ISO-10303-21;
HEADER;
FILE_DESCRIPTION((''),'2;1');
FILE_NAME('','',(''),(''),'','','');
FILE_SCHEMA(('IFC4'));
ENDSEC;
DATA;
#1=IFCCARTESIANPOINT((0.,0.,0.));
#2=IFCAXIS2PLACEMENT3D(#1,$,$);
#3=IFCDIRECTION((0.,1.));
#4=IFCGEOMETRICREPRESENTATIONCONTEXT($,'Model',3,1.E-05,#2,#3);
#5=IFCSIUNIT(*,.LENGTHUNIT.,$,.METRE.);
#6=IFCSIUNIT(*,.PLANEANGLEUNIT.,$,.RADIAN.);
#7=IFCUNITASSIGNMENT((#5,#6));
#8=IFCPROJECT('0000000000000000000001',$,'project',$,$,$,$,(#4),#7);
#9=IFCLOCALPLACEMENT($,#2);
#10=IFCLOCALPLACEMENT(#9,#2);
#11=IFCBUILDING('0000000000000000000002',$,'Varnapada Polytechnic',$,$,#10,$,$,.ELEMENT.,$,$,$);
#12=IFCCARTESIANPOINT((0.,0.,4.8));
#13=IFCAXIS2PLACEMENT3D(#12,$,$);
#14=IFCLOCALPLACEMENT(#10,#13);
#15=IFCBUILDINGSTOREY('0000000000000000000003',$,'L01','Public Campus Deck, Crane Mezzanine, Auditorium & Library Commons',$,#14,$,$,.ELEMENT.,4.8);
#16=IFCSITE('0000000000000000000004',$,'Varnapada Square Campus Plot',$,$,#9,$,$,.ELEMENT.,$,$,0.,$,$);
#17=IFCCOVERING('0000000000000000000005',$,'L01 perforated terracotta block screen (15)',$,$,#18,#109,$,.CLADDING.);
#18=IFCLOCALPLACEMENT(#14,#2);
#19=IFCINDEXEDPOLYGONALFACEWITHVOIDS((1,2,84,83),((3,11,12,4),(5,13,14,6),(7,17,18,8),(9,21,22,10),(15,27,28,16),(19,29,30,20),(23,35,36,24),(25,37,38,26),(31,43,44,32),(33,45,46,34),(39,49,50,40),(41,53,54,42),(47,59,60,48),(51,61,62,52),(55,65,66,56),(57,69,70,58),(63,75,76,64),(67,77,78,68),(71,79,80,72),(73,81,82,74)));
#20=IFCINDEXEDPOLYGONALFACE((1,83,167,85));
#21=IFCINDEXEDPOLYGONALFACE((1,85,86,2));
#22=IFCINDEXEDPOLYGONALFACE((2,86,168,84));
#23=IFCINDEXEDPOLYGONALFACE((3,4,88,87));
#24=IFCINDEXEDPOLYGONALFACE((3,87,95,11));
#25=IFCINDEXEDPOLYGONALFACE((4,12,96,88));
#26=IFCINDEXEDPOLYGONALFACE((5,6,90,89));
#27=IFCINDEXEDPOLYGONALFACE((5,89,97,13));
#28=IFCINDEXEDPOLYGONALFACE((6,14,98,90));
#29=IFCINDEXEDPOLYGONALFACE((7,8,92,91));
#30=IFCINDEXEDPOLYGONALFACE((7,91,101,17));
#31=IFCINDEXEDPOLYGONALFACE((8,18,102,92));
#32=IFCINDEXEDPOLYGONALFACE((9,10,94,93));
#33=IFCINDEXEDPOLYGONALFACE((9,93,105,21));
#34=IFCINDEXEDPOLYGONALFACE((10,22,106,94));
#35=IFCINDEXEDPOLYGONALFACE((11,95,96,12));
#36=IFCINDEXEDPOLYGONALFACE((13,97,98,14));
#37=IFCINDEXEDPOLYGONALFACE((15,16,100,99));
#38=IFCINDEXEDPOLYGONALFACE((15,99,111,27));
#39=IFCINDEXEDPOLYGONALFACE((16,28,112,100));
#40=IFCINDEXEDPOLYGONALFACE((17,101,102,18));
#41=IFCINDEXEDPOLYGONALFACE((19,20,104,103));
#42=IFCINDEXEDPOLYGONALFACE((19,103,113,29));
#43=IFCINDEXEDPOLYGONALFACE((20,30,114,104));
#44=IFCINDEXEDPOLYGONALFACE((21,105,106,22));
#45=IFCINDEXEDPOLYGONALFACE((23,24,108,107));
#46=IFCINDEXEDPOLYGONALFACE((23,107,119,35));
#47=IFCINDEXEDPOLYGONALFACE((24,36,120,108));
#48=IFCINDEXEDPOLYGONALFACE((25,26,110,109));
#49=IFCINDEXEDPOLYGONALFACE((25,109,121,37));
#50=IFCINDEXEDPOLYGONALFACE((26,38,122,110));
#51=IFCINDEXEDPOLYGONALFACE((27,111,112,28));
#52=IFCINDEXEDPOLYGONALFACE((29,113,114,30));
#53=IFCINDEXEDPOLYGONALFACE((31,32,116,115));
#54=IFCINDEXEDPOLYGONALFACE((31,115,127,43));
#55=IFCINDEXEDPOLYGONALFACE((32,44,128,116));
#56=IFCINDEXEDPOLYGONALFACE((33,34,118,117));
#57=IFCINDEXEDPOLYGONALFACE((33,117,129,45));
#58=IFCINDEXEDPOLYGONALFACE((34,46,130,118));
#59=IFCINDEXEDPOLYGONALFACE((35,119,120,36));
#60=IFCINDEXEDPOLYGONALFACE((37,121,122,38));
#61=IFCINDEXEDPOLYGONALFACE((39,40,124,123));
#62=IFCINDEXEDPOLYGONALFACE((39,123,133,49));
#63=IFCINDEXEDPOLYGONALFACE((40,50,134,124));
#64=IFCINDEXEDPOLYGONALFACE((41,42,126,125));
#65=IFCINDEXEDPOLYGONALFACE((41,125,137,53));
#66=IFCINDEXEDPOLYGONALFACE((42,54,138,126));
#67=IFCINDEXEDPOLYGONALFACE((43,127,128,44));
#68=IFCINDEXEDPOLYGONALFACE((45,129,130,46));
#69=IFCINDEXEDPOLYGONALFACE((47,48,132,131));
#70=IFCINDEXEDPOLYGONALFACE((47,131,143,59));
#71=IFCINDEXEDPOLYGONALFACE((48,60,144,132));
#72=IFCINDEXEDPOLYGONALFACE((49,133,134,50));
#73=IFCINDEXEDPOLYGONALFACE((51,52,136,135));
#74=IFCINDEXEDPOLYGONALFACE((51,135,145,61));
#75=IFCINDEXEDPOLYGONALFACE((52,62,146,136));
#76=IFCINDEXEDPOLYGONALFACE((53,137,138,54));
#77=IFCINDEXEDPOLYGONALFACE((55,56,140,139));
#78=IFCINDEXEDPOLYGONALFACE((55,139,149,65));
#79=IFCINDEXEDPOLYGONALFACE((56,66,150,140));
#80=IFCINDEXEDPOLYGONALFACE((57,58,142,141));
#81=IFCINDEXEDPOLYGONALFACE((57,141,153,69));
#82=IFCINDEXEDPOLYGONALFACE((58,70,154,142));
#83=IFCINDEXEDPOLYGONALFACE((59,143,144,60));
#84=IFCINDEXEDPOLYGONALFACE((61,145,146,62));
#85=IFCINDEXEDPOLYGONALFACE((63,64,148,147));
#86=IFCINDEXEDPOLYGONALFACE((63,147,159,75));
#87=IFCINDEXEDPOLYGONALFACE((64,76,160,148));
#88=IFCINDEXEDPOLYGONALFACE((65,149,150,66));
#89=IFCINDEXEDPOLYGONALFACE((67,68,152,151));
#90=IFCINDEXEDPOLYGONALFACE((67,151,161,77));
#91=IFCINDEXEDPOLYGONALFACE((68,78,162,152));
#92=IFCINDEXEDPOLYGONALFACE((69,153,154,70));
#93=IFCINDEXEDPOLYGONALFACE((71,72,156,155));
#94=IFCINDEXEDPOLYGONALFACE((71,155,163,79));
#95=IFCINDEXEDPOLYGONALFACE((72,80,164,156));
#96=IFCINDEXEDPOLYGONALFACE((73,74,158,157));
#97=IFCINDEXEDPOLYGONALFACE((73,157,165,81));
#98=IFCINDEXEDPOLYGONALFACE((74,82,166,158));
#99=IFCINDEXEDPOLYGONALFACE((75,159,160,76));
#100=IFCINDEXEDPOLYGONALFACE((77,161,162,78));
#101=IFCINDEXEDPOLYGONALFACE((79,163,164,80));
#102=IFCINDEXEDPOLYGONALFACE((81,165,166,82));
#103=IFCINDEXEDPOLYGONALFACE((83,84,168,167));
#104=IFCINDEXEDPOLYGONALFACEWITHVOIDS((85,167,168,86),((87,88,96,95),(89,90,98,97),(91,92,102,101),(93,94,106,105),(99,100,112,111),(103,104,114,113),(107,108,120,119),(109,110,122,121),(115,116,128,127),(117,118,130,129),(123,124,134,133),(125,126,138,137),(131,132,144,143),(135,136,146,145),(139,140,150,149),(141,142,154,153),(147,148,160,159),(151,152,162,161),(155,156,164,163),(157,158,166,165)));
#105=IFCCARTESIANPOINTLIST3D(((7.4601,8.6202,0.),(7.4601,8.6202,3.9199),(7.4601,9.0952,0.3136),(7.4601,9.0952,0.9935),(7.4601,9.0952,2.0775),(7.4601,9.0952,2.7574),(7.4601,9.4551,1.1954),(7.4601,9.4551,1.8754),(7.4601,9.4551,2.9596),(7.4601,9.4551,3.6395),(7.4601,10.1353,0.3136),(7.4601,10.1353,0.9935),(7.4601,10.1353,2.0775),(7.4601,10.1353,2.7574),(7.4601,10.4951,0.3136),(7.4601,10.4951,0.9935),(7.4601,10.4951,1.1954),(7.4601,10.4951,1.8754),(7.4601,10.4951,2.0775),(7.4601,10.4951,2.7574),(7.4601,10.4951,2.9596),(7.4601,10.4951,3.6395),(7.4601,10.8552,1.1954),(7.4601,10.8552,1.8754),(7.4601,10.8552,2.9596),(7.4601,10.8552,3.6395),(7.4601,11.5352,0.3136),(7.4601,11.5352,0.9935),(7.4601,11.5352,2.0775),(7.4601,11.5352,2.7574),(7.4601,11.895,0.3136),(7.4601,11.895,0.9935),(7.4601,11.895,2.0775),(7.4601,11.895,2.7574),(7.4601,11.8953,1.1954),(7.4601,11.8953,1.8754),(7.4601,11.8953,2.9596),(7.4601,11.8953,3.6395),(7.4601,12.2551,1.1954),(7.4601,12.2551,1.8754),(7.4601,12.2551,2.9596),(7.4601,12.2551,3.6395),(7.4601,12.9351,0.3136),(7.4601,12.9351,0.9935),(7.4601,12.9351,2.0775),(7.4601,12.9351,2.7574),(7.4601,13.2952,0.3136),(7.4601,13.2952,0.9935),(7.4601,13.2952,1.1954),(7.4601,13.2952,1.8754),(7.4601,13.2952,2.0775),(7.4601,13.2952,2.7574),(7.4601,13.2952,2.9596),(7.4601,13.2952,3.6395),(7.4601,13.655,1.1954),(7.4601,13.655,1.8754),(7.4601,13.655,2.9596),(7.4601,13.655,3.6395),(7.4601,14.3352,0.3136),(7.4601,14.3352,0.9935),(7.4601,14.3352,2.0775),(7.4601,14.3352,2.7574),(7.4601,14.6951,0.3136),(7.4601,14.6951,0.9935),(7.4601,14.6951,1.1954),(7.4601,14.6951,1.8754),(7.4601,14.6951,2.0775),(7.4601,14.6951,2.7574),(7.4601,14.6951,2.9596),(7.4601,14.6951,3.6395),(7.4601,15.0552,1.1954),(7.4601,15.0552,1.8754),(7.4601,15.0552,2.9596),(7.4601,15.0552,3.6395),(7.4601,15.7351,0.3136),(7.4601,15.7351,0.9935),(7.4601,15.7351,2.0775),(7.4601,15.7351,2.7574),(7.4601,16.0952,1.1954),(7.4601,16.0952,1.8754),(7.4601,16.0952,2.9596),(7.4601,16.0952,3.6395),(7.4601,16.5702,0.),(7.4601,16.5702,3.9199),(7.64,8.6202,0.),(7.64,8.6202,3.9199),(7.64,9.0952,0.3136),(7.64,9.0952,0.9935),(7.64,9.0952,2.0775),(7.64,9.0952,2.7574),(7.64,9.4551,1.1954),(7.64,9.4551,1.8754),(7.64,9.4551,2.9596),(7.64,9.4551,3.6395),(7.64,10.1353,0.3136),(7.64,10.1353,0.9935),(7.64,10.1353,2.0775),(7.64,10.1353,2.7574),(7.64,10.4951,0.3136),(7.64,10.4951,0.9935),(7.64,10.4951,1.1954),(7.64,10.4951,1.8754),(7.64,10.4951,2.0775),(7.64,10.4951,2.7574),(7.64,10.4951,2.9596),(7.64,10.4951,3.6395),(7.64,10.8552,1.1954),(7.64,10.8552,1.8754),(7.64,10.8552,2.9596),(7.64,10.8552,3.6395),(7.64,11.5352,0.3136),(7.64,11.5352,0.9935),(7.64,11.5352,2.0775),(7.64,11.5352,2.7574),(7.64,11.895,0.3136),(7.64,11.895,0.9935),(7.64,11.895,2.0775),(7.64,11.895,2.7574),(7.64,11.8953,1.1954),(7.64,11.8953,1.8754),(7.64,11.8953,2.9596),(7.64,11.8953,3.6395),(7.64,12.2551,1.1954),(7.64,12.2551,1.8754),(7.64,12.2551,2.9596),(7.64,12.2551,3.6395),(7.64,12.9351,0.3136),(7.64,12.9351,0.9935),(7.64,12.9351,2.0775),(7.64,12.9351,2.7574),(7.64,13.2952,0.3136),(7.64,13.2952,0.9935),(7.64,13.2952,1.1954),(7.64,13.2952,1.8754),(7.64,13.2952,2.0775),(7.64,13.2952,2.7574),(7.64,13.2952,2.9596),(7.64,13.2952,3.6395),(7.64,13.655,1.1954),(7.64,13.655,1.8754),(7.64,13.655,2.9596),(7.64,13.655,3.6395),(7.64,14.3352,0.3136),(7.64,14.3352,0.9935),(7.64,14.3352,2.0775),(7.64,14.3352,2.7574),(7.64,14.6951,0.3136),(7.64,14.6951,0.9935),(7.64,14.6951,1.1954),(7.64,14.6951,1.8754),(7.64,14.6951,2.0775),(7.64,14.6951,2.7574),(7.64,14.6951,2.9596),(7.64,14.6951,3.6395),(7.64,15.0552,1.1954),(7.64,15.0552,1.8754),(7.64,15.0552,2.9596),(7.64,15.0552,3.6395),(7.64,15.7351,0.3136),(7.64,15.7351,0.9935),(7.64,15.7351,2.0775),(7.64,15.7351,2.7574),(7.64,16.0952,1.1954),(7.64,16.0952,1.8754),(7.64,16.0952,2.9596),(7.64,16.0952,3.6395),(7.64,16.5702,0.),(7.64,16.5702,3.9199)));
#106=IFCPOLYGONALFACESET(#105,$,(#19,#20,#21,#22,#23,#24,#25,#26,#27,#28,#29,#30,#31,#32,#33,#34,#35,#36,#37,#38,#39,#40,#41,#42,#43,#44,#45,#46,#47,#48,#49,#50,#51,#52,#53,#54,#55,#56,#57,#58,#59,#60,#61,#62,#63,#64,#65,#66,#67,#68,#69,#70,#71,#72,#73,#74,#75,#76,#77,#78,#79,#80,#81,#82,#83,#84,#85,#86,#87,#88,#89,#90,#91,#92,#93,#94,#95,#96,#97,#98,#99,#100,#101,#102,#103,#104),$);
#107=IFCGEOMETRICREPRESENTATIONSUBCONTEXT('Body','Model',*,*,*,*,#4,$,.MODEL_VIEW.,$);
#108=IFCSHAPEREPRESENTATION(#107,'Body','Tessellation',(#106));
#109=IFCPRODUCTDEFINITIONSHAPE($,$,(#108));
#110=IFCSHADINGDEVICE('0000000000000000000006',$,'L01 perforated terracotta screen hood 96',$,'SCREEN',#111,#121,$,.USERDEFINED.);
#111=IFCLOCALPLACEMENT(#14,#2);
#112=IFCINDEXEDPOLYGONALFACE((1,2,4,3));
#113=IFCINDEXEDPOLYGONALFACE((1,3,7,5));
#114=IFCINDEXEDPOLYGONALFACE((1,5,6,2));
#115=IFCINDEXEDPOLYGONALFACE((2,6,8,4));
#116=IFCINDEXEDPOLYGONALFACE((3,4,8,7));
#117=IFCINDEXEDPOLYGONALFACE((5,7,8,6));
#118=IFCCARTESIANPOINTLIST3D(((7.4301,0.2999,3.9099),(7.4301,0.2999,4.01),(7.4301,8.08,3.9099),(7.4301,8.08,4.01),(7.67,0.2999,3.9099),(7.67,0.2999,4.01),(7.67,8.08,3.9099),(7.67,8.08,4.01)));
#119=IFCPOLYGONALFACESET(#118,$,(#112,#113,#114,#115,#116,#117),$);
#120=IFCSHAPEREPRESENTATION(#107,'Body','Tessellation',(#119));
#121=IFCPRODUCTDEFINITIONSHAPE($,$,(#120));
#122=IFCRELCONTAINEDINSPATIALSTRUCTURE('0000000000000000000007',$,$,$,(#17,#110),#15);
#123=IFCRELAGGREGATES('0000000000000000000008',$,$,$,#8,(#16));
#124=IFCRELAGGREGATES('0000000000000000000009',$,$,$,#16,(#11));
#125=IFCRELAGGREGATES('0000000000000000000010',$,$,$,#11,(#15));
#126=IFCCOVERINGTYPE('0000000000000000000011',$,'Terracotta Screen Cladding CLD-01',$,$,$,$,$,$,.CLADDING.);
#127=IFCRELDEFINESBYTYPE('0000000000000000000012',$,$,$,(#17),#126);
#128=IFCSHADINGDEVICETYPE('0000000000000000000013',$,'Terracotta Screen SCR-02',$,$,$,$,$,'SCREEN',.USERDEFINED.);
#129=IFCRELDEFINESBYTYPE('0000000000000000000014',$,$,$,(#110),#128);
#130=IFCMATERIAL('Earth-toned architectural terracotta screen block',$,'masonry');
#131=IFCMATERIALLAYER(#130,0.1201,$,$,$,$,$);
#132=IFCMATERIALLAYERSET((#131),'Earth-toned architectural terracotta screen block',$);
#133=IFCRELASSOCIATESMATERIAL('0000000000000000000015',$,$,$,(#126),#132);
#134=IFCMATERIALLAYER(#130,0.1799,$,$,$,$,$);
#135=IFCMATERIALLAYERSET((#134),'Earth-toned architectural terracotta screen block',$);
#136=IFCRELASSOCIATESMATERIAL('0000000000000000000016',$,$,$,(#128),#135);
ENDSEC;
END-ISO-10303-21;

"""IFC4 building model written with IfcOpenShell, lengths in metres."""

from ifc_helpers import new_model, si_unit, direction, frame, frame_2d, origin, origin_2d, place, context, subcontext, project, spatial, rectangle, extrude, material, layer, layer_set, type_object, element, save


model = new_model("IFC4")

# Units and contexts
model_context = context("Model", 3, precision=1e-05, world=origin(), true_north=direction((0.0, 1.0)))
body_context = subcontext(model_context, "Body", "Model", "MODEL_VIEW")
ifc_project = project(units=[si_unit("LENGTHUNIT", "METRE"), si_unit("PLANEANGLEUNIT", "RADIAN")], contexts=[model_context])

# Site, building, storey
site_placement = place(None, origin())
site = spatial("IfcSite", under=ifc_project, at=site_placement, Name="Varnapada Square Campus Plot", CompositionType="ELEMENT", RefElevation=0.0)
building_placement = place(site_placement, origin())
building = spatial("IfcBuilding", under=site, at=building_placement, Name="Varnapada Polytechnic", CompositionType="ELEMENT")
storey_placement = place(building_placement, frame((0.0, 0.0, 4.8)))
storey = spatial("IfcBuildingStorey", under=building, at=storey_placement, Name="L01", Description="Public Campus Deck, Crane Mezzanine, Auditorium & Library Commons", CompositionType="ELEMENT", Elevation=4.8)

# Covering, openings
ifc_material_1 = material(Name="Earth-toned architectural terracotta screen block", Category="masonry")
ifc_layer_1 = layer(ifc_material_1, 0.1201)
ifc_layer_set_1 = layer_set([ifc_layer_1], Name="Earth-toned architectural terracotta screen block")
covering_type = type_object("IfcCoveringType", Name="Terracotta Screen Cladding CLD-01", PredefinedType="CLADDING", material=ifc_layer_set_1)
covering_placement = place(storey_placement, frame((7.55, 8.6201, 0.0), z_axis=(0.0, 0.0, 1.0), x_axis=(0.0, 1.0, 0.0)))
covering = element("IfcCovering", 1, at=covering_placement, inside=storey, type_object=covering_type, Name="L01 perforated terracotta block screen (15)", PredefinedType="CLADDING", context=body_context, shape_type="SweptSolid", body=[
    extrude(rectangle(XDim=7.95, YDim=0.1799, at=frame_2d((3.9751, 0.0))), origin(), (0.0, 0.0, 1.0), 3.9199),
])
opening_1_placement = place(covering_placement, frame((0.4751, 0.0, 0.3137)))
element("IfcOpeningElement", 2, at=opening_1_placement, cuts=covering, PredefinedType="OPENING", context=body_context, shape_type="SweptSolid", body=[
    extrude(rectangle(XDim=1.04, YDim=0.6799, at=frame_2d((0.52, 0.3398))), frame((0.0, 0.0999, 0.0), z_axis=(0.0, -1.0, 0.0), x_axis=(1.0, 0.0, 0.0)), (0.0, 0.0, 1.0), 0.2),
])
opening_2_placement = place(covering_placement, frame((1.875, 0.0, 0.3137)))
element("IfcOpeningElement", 3, at=opening_2_placement, cuts=covering, PredefinedType="OPENING", context=body_context, shape_type="SweptSolid", body=[
    extrude(rectangle(XDim=1.04, YDim=0.6799, at=frame_2d((0.52, 0.3398))), frame((0.0, 0.0999, 0.0), z_axis=(0.0, -1.0, 0.0), x_axis=(1.0, 0.0, 0.0)), (0.0, 0.0, 1.0), 0.2),
])
opening_3_placement = place(covering_placement, frame((3.2749, 0.0, 0.3137)))
element("IfcOpeningElement", 4, at=opening_3_placement, cuts=covering, PredefinedType="OPENING", context=body_context, shape_type="SweptSolid", body=[
    extrude(rectangle(XDim=1.04, YDim=0.6799, at=frame_2d((0.52, 0.3398))), frame((0.0, 0.0999, 0.0), z_axis=(0.0, -1.0, 0.0), x_axis=(1.0, 0.0, 0.0)), (0.0, 0.0, 1.0), 0.2),
])
opening_4_placement = place(covering_placement, frame((4.675, 0.0, 0.3137)))
element("IfcOpeningElement", 5, at=opening_4_placement, cuts=covering, PredefinedType="OPENING", context=body_context, shape_type="SweptSolid", body=[
    extrude(rectangle(XDim=1.04, YDim=0.6799, at=frame_2d((0.52, 0.3398))), frame((0.0, 0.0999, 0.0), z_axis=(0.0, -1.0, 0.0), x_axis=(1.0, 0.0, 0.0)), (0.0, 0.0, 1.0), 0.2),
])
opening_5_placement = place(covering_placement, frame((6.075, 0.0, 0.3137)))
element("IfcOpeningElement", 6, at=opening_5_placement, cuts=covering, PredefinedType="OPENING", context=body_context, shape_type="SweptSolid", body=[
    extrude(rectangle(XDim=1.04, YDim=0.6799, at=frame_2d((0.52, 0.3398))), frame((0.0, 0.0999, 0.0), z_axis=(0.0, -1.0, 0.0), x_axis=(1.0, 0.0, 0.0)), (0.0, 0.0, 1.0), 0.2),
])
opening_6_placement = place(covering_placement, frame((0.835, 0.0, 1.1956)))
element("IfcOpeningElement", 7, at=opening_6_placement, cuts=covering, PredefinedType="OPENING", context=body_context, shape_type="SweptSolid", body=[
    extrude(rectangle(XDim=1.04, YDim=0.6799, at=frame_2d((0.52, 0.3398))), frame((0.0, 0.0999, 0.0), z_axis=(0.0, -1.0, 0.0), x_axis=(1.0, 0.0, 0.0)), (0.0, 0.0, 1.0), 0.2),
])
opening_7_placement = place(covering_placement, frame((2.2351, 0.0, 1.1956)))
element("IfcOpeningElement", 8, at=opening_7_placement, cuts=covering, PredefinedType="OPENING", context=body_context, shape_type="SweptSolid", body=[
    extrude(rectangle(XDim=1.04, YDim=0.6799, at=frame_2d((0.52, 0.3398))), frame((0.0, 0.0999, 0.0), z_axis=(0.0, -1.0, 0.0), x_axis=(1.0, 0.0, 0.0)), (0.0, 0.0, 1.0), 0.2),
])
opening_8_placement = place(covering_placement, frame((3.635, 0.0, 1.1956)))
element("IfcOpeningElement", 9, at=opening_8_placement, cuts=covering, PredefinedType="OPENING", context=body_context, shape_type="SweptSolid", body=[
    extrude(rectangle(XDim=1.04, YDim=0.6799, at=frame_2d((0.52, 0.3398))), frame((0.0, 0.0999, 0.0), z_axis=(0.0, -1.0, 0.0), x_axis=(1.0, 0.0, 0.0)), (0.0, 0.0, 1.0), 0.2),
])
opening_9_placement = place(covering_placement, frame((5.0349, 0.0, 1.1956)))
element("IfcOpeningElement", 10, at=opening_9_placement, cuts=covering, PredefinedType="OPENING", context=body_context, shape_type="SweptSolid", body=[
    extrude(rectangle(XDim=1.04, YDim=0.6799, at=frame_2d((0.52, 0.3398))), frame((0.0, 0.0999, 0.0), z_axis=(0.0, -1.0, 0.0), x_axis=(1.0, 0.0, 0.0)), (0.0, 0.0, 1.0), 0.2),
])
opening_10_placement = place(covering_placement, frame((6.4351, 0.0, 1.1956)))
element("IfcOpeningElement", 11, at=opening_10_placement, cuts=covering, PredefinedType="OPENING", context=body_context, shape_type="SweptSolid", body=[
    extrude(rectangle(XDim=1.04, YDim=0.6799, at=frame_2d((0.52, 0.3398))), frame((0.0, 0.0999, 0.0), z_axis=(0.0, -1.0, 0.0), x_axis=(1.0, 0.0, 0.0)), (0.0, 0.0, 1.0), 0.2),
])
opening_11_placement = place(covering_placement, frame((0.4751, 0.0, 2.0776)))
element("IfcOpeningElement", 12, at=opening_11_placement, cuts=covering, PredefinedType="OPENING", context=body_context, shape_type="SweptSolid", body=[
    extrude(rectangle(XDim=1.04, YDim=0.6799, at=frame_2d((0.52, 0.3398))), frame((0.0, 0.0999, 0.0), z_axis=(0.0, -1.0, 0.0), x_axis=(1.0, 0.0, 0.0)), (0.0, 0.0, 1.0), 0.2),
])
opening_12_placement = place(covering_placement, frame((1.875, 0.0, 2.0776)))
element("IfcOpeningElement", 13, at=opening_12_placement, cuts=covering, PredefinedType="OPENING", context=body_context, shape_type="SweptSolid", body=[
    extrude(rectangle(XDim=1.04, YDim=0.6799, at=frame_2d((0.52, 0.3398))), frame((0.0, 0.0999, 0.0), z_axis=(0.0, -1.0, 0.0), x_axis=(1.0, 0.0, 0.0)), (0.0, 0.0, 1.0), 0.2),
])
opening_13_placement = place(covering_placement, frame((3.2749, 0.0, 2.0776)))
element("IfcOpeningElement", 14, at=opening_13_placement, cuts=covering, PredefinedType="OPENING", context=body_context, shape_type="SweptSolid", body=[
    extrude(rectangle(XDim=1.04, YDim=0.6799, at=frame_2d((0.52, 0.3398))), frame((0.0, 0.0999, 0.0), z_axis=(0.0, -1.0, 0.0), x_axis=(1.0, 0.0, 0.0)), (0.0, 0.0, 1.0), 0.2),
])
opening_14_placement = place(covering_placement, frame((4.675, 0.0, 2.0776)))
element("IfcOpeningElement", 15, at=opening_14_placement, cuts=covering, PredefinedType="OPENING", context=body_context, shape_type="SweptSolid", body=[
    extrude(rectangle(XDim=1.04, YDim=0.6799, at=frame_2d((0.52, 0.3398))), frame((0.0, 0.0999, 0.0), z_axis=(0.0, -1.0, 0.0), x_axis=(1.0, 0.0, 0.0)), (0.0, 0.0, 1.0), 0.2),
])
opening_15_placement = place(covering_placement, frame((6.075, 0.0, 2.0776)))
element("IfcOpeningElement", 16, at=opening_15_placement, cuts=covering, PredefinedType="OPENING", context=body_context, shape_type="SweptSolid", body=[
    extrude(rectangle(XDim=1.04, YDim=0.6799, at=frame_2d((0.52, 0.3398))), frame((0.0, 0.0999, 0.0), z_axis=(0.0, -1.0, 0.0), x_axis=(1.0, 0.0, 0.0)), (0.0, 0.0, 1.0), 0.2),
])
opening_16_placement = place(covering_placement, frame((0.835, 0.0, 2.9597)))
element("IfcOpeningElement", 17, at=opening_16_placement, cuts=covering, PredefinedType="OPENING", context=body_context, shape_type="SweptSolid", body=[
    extrude(rectangle(XDim=1.04, YDim=0.6799, at=frame_2d((0.52, 0.3398))), frame((0.0, 0.0999, 0.0), z_axis=(0.0, -1.0, 0.0), x_axis=(1.0, 0.0, 0.0)), (0.0, 0.0, 1.0), 0.2),
])
opening_17_placement = place(covering_placement, frame((2.2351, 0.0, 2.9597)))
element("IfcOpeningElement", 18, at=opening_17_placement, cuts=covering, PredefinedType="OPENING", context=body_context, shape_type="SweptSolid", body=[
    extrude(rectangle(XDim=1.04, YDim=0.6799, at=frame_2d((0.52, 0.3398))), frame((0.0, 0.0999, 0.0), z_axis=(0.0, -1.0, 0.0), x_axis=(1.0, 0.0, 0.0)), (0.0, 0.0, 1.0), 0.2),
])
opening_18_placement = place(covering_placement, frame((3.635, 0.0, 2.9597)))
element("IfcOpeningElement", 19, at=opening_18_placement, cuts=covering, PredefinedType="OPENING", context=body_context, shape_type="SweptSolid", body=[
    extrude(rectangle(XDim=1.04, YDim=0.6799, at=frame_2d((0.52, 0.3398))), frame((0.0, 0.0999, 0.0), z_axis=(0.0, -1.0, 0.0), x_axis=(1.0, 0.0, 0.0)), (0.0, 0.0, 1.0), 0.2),
])
opening_19_placement = place(covering_placement, frame((5.0349, 0.0, 2.9597)))
element("IfcOpeningElement", 20, at=opening_19_placement, cuts=covering, PredefinedType="OPENING", context=body_context, shape_type="SweptSolid", body=[
    extrude(rectangle(XDim=1.04, YDim=0.6799, at=frame_2d((0.52, 0.3398))), frame((0.0, 0.0999, 0.0), z_axis=(0.0, -1.0, 0.0), x_axis=(1.0, 0.0, 0.0)), (0.0, 0.0, 1.0), 0.2),
])
opening_20_placement = place(covering_placement, frame((6.4351, 0.0, 2.9597)))
element("IfcOpeningElement", 21, at=opening_20_placement, cuts=covering, PredefinedType="OPENING", context=body_context, shape_type="SweptSolid", body=[
    extrude(rectangle(XDim=1.04, YDim=0.6799, at=frame_2d((0.52, 0.3398))), frame((0.0, 0.0999, 0.0), z_axis=(0.0, -1.0, 0.0), x_axis=(1.0, 0.0, 0.0)), (0.0, 0.0, 1.0), 0.2),
])

# Shading device
ifc_layer_2 = layer(ifc_material_1, 0.1799)
ifc_layer_set_2 = layer_set([ifc_layer_2], Name="Earth-toned architectural terracotta screen block")
shading_device_type = type_object("IfcShadingDeviceType", Name="Terracotta Screen SCR-02", ElementType="SCREEN", PredefinedType="USERDEFINED", material=ifc_layer_set_2)
shading_device_placement = place(storey_placement, frame((7.55, 4.1899, 3.9099), z_axis=(0.0, 0.0, 1.0), x_axis=(0.0, 1.0, 0.0)))
element("IfcShadingDevice", 22, at=shading_device_placement, inside=storey, type_object=shading_device_type, Name="L01 perforated terracotta screen hood 96", ObjectType="SCREEN", PredefinedType="USERDEFINED", context=body_context, shape_type="SweptSolid", body=[
    extrude(rectangle(XDim=7.78, YDim=0.24, at=origin_2d()), origin(), (0.0, 0.0, 1.0), 0.1001),
])

save(model, "model.ifc")
